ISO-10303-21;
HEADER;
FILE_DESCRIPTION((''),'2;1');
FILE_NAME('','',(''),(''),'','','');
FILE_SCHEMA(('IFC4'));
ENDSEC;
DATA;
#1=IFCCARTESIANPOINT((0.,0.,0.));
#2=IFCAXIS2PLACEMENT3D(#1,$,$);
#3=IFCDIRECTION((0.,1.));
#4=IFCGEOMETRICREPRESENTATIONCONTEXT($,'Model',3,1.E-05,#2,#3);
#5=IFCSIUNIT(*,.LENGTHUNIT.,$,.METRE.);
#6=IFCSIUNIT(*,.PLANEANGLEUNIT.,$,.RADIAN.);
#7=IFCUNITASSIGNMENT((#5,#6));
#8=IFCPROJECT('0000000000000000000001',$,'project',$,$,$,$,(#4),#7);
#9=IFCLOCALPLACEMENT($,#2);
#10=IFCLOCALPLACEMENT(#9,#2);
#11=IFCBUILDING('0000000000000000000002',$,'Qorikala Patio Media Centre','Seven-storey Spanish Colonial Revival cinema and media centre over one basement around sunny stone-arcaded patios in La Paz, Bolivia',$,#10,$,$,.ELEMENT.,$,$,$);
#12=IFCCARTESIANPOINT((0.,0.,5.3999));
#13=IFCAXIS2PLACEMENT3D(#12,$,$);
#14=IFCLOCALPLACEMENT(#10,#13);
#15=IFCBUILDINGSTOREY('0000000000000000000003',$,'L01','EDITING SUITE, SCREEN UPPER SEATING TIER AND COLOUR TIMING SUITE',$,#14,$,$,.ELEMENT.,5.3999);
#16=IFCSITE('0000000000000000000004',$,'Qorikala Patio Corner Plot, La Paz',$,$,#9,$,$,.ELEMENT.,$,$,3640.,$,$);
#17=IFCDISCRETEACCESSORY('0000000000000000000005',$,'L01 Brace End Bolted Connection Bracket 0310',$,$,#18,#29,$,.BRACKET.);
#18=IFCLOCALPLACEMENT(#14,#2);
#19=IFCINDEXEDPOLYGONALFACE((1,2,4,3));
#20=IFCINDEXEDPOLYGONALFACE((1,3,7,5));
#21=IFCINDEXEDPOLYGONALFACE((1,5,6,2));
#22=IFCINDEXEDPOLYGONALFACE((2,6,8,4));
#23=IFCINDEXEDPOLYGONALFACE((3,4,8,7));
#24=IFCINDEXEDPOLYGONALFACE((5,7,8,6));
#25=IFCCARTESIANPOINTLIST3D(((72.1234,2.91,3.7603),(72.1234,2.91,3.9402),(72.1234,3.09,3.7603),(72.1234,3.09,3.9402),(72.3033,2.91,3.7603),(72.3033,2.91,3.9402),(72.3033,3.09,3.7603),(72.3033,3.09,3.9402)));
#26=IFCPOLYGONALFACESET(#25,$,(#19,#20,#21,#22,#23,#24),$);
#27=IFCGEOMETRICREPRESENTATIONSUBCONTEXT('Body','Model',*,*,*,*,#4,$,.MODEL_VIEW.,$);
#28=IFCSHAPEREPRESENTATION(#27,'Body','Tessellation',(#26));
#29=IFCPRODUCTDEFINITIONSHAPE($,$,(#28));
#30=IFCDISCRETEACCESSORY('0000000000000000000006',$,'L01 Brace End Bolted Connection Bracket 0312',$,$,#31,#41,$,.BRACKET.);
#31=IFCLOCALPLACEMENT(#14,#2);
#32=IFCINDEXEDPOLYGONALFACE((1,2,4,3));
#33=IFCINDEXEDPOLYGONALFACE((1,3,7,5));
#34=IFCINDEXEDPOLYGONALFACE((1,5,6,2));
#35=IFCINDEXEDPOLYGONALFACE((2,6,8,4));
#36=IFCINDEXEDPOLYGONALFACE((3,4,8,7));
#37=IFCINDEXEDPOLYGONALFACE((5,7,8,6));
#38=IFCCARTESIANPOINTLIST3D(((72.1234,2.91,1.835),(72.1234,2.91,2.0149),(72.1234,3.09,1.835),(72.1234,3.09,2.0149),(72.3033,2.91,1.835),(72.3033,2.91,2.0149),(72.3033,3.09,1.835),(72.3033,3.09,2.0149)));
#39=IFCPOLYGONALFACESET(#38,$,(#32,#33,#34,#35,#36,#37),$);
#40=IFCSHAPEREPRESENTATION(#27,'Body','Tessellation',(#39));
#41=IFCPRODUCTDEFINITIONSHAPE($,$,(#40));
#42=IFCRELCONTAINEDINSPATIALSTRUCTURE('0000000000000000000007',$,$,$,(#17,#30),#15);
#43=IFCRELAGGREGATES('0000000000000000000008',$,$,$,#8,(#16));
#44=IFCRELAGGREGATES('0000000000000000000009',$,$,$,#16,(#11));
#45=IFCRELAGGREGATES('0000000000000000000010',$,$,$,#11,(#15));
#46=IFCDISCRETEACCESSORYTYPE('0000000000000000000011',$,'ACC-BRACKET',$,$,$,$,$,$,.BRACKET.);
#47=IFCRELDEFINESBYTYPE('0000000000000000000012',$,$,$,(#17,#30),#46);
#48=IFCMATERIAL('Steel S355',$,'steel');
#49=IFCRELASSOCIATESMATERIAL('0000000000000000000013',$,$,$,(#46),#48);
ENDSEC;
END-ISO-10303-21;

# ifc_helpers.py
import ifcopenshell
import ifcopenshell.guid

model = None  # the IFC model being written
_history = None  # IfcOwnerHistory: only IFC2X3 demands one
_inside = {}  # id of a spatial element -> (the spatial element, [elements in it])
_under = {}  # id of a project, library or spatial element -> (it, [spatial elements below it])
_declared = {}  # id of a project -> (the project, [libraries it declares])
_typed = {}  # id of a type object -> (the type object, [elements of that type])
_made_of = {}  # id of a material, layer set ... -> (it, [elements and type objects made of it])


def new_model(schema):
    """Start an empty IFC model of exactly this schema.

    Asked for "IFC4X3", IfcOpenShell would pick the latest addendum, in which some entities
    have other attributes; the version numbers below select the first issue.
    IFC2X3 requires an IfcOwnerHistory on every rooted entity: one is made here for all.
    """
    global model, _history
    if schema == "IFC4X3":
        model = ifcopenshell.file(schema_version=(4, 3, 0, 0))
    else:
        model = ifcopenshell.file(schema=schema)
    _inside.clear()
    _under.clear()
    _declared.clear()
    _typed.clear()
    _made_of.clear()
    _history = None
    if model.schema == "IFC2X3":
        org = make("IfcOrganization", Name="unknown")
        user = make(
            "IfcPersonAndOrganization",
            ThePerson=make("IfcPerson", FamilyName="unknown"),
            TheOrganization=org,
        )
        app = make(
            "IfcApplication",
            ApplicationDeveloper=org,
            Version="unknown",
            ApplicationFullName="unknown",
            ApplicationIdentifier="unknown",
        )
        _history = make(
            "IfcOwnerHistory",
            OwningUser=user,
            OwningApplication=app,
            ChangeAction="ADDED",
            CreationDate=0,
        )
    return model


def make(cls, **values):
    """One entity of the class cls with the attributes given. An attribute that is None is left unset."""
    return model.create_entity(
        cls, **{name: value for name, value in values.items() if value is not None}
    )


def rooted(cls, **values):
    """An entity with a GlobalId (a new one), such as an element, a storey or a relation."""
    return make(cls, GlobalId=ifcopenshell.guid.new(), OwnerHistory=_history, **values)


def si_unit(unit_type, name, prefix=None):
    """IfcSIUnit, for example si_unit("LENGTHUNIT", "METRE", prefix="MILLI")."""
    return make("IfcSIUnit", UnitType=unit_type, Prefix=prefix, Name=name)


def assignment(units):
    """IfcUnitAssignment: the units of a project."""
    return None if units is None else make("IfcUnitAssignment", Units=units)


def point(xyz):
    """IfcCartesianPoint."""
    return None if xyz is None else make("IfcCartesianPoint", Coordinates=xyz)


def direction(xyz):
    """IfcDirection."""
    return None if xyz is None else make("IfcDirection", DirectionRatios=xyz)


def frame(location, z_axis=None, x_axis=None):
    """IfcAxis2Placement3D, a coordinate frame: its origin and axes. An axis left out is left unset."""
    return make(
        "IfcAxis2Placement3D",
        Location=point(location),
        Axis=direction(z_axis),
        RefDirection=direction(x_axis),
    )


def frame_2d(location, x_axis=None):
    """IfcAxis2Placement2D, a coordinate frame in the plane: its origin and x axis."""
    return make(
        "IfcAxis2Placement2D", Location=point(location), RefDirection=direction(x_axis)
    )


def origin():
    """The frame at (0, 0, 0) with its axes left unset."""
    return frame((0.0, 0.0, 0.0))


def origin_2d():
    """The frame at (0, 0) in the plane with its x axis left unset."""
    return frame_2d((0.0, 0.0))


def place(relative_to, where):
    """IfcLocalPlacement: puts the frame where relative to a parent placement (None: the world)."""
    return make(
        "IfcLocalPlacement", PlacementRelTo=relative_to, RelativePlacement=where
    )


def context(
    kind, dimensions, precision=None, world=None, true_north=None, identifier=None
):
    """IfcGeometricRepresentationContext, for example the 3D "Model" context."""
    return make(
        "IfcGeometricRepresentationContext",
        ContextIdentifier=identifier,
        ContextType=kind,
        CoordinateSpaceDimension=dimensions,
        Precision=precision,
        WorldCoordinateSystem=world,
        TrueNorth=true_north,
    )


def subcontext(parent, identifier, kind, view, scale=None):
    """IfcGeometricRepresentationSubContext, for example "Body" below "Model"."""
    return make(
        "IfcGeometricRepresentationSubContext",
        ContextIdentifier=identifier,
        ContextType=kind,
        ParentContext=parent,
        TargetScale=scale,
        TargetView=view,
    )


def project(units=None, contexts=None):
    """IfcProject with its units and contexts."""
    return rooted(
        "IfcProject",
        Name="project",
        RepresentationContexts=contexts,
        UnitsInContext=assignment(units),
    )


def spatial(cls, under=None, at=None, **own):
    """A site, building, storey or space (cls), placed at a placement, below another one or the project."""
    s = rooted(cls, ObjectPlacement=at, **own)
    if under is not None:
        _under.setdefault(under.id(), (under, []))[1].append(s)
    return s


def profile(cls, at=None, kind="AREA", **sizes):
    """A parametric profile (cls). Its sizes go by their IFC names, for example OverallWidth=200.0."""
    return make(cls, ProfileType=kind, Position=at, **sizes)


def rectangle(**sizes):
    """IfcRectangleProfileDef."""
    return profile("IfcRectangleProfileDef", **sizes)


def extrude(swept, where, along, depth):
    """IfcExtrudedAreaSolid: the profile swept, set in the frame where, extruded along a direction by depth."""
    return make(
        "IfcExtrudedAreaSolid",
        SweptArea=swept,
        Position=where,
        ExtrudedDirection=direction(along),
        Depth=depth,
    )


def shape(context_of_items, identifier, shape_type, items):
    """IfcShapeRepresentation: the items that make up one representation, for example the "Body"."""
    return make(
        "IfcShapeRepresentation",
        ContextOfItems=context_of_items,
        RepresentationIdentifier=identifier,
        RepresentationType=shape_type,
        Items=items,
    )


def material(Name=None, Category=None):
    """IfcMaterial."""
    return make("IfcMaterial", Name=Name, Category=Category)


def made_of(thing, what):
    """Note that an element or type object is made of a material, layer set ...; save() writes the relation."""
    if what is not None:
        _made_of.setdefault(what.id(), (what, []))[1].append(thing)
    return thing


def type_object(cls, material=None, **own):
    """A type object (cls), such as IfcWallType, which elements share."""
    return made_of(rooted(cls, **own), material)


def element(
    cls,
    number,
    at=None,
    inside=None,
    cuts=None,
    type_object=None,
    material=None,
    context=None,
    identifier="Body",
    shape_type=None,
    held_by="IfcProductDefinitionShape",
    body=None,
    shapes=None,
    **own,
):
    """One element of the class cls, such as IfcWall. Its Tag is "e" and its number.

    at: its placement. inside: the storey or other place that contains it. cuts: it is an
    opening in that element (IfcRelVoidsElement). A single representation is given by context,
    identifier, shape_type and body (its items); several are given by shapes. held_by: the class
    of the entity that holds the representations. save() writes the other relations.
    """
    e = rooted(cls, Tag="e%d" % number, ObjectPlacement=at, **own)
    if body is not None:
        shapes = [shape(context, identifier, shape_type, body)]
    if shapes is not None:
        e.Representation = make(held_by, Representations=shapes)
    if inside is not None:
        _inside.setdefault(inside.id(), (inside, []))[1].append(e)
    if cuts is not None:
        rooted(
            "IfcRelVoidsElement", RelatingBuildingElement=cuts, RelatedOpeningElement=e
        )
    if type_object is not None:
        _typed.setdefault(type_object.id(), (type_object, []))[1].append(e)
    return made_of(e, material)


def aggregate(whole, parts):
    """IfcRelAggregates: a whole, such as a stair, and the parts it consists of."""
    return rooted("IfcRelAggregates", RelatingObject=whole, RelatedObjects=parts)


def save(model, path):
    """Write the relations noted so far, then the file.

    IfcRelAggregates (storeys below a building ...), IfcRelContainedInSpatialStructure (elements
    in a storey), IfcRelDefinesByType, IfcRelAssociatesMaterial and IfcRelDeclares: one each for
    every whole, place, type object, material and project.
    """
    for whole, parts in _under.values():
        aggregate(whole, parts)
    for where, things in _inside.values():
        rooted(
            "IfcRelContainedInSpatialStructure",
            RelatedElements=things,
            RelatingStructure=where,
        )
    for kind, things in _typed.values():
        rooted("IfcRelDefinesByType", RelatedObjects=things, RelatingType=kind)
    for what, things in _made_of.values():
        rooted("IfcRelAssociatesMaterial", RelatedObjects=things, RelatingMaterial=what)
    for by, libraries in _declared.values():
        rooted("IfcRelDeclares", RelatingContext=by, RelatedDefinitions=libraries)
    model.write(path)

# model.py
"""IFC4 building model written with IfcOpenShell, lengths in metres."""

from ifc_helpers import new_model, si_unit, direction, frame, origin, origin_2d, place, context, subcontext, project, spatial, rectangle, extrude, material, type_object, element, save


model = new_model("IFC4")

# Units and contexts
model_context = context("Model", 3, precision=1e-05, world=origin(), true_north=direction((0.0, 1.0)))
body_context = subcontext(model_context, "Body", "Model", "MODEL_VIEW")
ifc_project = project(units=[si_unit("LENGTHUNIT", "METRE"), si_unit("PLANEANGLEUNIT", "RADIAN")], contexts=[model_context])

# Site, building, storey
site_placement = place(None, origin())
site = spatial("IfcSite", under=ifc_project, at=site_placement, Name="Qorikala Patio Corner Plot, La Paz", CompositionType="ELEMENT", RefElevation=3640.0)
building_placement = place(site_placement, origin())
building = spatial("IfcBuilding", under=site, at=building_placement, Name="Qorikala Patio Media Centre", Description="Seven-storey Spanish Colonial Revival cinema and media centre over one basement around sunny stone-arcaded patios in La Paz, Bolivia", CompositionType="ELEMENT")
storey_placement = place(building_placement, frame((0.0, 0.0, 5.3999)))
storey = spatial("IfcBuildingStorey", under=building, at=storey_placement, Name="L01", Description="EDITING SUITE, SCREEN UPPER SEATING TIER AND COLOUR TIMING SUITE", CompositionType="ELEMENT", Elevation=5.3999)

# Discrete accessories
ifc_material_1 = material(Name="Steel S355", Category="steel")
discrete_accessory_type = type_object("IfcDiscreteAccessoryType", Name="ACC-BRACKET", PredefinedType="BRACKET", material=ifc_material_1)
for number, where, z_axis, x_axis, name in (
    (1, (72.2134, 3.0, 3.7603), (0.0, 0.0, 1.0), (1.0, 0.0, 0.0), "L01 Brace End Bolted Connection Bracket 0310"),
    (2, (72.2134, 3.0, 1.835), (0.0, 0.0, 1.0), (1.0, 0.0, 0.0), "L01 Brace End Bolted Connection Bracket 0312"),
):
    element("IfcDiscreteAccessory", number, at=place(storey_placement, frame(where, z_axis=z_axis, x_axis=x_axis)), inside=storey, type_object=discrete_accessory_type, Name=name, PredefinedType="BRACKET", context=body_context, shape_type="SweptSolid", body=[
        extrude(rectangle(XDim=0.1799, YDim=0.1799, at=origin_2d()), origin(), (0.0, 0.0, 1.0), 0.1799),
    ])

save(model, "model.ifc")
